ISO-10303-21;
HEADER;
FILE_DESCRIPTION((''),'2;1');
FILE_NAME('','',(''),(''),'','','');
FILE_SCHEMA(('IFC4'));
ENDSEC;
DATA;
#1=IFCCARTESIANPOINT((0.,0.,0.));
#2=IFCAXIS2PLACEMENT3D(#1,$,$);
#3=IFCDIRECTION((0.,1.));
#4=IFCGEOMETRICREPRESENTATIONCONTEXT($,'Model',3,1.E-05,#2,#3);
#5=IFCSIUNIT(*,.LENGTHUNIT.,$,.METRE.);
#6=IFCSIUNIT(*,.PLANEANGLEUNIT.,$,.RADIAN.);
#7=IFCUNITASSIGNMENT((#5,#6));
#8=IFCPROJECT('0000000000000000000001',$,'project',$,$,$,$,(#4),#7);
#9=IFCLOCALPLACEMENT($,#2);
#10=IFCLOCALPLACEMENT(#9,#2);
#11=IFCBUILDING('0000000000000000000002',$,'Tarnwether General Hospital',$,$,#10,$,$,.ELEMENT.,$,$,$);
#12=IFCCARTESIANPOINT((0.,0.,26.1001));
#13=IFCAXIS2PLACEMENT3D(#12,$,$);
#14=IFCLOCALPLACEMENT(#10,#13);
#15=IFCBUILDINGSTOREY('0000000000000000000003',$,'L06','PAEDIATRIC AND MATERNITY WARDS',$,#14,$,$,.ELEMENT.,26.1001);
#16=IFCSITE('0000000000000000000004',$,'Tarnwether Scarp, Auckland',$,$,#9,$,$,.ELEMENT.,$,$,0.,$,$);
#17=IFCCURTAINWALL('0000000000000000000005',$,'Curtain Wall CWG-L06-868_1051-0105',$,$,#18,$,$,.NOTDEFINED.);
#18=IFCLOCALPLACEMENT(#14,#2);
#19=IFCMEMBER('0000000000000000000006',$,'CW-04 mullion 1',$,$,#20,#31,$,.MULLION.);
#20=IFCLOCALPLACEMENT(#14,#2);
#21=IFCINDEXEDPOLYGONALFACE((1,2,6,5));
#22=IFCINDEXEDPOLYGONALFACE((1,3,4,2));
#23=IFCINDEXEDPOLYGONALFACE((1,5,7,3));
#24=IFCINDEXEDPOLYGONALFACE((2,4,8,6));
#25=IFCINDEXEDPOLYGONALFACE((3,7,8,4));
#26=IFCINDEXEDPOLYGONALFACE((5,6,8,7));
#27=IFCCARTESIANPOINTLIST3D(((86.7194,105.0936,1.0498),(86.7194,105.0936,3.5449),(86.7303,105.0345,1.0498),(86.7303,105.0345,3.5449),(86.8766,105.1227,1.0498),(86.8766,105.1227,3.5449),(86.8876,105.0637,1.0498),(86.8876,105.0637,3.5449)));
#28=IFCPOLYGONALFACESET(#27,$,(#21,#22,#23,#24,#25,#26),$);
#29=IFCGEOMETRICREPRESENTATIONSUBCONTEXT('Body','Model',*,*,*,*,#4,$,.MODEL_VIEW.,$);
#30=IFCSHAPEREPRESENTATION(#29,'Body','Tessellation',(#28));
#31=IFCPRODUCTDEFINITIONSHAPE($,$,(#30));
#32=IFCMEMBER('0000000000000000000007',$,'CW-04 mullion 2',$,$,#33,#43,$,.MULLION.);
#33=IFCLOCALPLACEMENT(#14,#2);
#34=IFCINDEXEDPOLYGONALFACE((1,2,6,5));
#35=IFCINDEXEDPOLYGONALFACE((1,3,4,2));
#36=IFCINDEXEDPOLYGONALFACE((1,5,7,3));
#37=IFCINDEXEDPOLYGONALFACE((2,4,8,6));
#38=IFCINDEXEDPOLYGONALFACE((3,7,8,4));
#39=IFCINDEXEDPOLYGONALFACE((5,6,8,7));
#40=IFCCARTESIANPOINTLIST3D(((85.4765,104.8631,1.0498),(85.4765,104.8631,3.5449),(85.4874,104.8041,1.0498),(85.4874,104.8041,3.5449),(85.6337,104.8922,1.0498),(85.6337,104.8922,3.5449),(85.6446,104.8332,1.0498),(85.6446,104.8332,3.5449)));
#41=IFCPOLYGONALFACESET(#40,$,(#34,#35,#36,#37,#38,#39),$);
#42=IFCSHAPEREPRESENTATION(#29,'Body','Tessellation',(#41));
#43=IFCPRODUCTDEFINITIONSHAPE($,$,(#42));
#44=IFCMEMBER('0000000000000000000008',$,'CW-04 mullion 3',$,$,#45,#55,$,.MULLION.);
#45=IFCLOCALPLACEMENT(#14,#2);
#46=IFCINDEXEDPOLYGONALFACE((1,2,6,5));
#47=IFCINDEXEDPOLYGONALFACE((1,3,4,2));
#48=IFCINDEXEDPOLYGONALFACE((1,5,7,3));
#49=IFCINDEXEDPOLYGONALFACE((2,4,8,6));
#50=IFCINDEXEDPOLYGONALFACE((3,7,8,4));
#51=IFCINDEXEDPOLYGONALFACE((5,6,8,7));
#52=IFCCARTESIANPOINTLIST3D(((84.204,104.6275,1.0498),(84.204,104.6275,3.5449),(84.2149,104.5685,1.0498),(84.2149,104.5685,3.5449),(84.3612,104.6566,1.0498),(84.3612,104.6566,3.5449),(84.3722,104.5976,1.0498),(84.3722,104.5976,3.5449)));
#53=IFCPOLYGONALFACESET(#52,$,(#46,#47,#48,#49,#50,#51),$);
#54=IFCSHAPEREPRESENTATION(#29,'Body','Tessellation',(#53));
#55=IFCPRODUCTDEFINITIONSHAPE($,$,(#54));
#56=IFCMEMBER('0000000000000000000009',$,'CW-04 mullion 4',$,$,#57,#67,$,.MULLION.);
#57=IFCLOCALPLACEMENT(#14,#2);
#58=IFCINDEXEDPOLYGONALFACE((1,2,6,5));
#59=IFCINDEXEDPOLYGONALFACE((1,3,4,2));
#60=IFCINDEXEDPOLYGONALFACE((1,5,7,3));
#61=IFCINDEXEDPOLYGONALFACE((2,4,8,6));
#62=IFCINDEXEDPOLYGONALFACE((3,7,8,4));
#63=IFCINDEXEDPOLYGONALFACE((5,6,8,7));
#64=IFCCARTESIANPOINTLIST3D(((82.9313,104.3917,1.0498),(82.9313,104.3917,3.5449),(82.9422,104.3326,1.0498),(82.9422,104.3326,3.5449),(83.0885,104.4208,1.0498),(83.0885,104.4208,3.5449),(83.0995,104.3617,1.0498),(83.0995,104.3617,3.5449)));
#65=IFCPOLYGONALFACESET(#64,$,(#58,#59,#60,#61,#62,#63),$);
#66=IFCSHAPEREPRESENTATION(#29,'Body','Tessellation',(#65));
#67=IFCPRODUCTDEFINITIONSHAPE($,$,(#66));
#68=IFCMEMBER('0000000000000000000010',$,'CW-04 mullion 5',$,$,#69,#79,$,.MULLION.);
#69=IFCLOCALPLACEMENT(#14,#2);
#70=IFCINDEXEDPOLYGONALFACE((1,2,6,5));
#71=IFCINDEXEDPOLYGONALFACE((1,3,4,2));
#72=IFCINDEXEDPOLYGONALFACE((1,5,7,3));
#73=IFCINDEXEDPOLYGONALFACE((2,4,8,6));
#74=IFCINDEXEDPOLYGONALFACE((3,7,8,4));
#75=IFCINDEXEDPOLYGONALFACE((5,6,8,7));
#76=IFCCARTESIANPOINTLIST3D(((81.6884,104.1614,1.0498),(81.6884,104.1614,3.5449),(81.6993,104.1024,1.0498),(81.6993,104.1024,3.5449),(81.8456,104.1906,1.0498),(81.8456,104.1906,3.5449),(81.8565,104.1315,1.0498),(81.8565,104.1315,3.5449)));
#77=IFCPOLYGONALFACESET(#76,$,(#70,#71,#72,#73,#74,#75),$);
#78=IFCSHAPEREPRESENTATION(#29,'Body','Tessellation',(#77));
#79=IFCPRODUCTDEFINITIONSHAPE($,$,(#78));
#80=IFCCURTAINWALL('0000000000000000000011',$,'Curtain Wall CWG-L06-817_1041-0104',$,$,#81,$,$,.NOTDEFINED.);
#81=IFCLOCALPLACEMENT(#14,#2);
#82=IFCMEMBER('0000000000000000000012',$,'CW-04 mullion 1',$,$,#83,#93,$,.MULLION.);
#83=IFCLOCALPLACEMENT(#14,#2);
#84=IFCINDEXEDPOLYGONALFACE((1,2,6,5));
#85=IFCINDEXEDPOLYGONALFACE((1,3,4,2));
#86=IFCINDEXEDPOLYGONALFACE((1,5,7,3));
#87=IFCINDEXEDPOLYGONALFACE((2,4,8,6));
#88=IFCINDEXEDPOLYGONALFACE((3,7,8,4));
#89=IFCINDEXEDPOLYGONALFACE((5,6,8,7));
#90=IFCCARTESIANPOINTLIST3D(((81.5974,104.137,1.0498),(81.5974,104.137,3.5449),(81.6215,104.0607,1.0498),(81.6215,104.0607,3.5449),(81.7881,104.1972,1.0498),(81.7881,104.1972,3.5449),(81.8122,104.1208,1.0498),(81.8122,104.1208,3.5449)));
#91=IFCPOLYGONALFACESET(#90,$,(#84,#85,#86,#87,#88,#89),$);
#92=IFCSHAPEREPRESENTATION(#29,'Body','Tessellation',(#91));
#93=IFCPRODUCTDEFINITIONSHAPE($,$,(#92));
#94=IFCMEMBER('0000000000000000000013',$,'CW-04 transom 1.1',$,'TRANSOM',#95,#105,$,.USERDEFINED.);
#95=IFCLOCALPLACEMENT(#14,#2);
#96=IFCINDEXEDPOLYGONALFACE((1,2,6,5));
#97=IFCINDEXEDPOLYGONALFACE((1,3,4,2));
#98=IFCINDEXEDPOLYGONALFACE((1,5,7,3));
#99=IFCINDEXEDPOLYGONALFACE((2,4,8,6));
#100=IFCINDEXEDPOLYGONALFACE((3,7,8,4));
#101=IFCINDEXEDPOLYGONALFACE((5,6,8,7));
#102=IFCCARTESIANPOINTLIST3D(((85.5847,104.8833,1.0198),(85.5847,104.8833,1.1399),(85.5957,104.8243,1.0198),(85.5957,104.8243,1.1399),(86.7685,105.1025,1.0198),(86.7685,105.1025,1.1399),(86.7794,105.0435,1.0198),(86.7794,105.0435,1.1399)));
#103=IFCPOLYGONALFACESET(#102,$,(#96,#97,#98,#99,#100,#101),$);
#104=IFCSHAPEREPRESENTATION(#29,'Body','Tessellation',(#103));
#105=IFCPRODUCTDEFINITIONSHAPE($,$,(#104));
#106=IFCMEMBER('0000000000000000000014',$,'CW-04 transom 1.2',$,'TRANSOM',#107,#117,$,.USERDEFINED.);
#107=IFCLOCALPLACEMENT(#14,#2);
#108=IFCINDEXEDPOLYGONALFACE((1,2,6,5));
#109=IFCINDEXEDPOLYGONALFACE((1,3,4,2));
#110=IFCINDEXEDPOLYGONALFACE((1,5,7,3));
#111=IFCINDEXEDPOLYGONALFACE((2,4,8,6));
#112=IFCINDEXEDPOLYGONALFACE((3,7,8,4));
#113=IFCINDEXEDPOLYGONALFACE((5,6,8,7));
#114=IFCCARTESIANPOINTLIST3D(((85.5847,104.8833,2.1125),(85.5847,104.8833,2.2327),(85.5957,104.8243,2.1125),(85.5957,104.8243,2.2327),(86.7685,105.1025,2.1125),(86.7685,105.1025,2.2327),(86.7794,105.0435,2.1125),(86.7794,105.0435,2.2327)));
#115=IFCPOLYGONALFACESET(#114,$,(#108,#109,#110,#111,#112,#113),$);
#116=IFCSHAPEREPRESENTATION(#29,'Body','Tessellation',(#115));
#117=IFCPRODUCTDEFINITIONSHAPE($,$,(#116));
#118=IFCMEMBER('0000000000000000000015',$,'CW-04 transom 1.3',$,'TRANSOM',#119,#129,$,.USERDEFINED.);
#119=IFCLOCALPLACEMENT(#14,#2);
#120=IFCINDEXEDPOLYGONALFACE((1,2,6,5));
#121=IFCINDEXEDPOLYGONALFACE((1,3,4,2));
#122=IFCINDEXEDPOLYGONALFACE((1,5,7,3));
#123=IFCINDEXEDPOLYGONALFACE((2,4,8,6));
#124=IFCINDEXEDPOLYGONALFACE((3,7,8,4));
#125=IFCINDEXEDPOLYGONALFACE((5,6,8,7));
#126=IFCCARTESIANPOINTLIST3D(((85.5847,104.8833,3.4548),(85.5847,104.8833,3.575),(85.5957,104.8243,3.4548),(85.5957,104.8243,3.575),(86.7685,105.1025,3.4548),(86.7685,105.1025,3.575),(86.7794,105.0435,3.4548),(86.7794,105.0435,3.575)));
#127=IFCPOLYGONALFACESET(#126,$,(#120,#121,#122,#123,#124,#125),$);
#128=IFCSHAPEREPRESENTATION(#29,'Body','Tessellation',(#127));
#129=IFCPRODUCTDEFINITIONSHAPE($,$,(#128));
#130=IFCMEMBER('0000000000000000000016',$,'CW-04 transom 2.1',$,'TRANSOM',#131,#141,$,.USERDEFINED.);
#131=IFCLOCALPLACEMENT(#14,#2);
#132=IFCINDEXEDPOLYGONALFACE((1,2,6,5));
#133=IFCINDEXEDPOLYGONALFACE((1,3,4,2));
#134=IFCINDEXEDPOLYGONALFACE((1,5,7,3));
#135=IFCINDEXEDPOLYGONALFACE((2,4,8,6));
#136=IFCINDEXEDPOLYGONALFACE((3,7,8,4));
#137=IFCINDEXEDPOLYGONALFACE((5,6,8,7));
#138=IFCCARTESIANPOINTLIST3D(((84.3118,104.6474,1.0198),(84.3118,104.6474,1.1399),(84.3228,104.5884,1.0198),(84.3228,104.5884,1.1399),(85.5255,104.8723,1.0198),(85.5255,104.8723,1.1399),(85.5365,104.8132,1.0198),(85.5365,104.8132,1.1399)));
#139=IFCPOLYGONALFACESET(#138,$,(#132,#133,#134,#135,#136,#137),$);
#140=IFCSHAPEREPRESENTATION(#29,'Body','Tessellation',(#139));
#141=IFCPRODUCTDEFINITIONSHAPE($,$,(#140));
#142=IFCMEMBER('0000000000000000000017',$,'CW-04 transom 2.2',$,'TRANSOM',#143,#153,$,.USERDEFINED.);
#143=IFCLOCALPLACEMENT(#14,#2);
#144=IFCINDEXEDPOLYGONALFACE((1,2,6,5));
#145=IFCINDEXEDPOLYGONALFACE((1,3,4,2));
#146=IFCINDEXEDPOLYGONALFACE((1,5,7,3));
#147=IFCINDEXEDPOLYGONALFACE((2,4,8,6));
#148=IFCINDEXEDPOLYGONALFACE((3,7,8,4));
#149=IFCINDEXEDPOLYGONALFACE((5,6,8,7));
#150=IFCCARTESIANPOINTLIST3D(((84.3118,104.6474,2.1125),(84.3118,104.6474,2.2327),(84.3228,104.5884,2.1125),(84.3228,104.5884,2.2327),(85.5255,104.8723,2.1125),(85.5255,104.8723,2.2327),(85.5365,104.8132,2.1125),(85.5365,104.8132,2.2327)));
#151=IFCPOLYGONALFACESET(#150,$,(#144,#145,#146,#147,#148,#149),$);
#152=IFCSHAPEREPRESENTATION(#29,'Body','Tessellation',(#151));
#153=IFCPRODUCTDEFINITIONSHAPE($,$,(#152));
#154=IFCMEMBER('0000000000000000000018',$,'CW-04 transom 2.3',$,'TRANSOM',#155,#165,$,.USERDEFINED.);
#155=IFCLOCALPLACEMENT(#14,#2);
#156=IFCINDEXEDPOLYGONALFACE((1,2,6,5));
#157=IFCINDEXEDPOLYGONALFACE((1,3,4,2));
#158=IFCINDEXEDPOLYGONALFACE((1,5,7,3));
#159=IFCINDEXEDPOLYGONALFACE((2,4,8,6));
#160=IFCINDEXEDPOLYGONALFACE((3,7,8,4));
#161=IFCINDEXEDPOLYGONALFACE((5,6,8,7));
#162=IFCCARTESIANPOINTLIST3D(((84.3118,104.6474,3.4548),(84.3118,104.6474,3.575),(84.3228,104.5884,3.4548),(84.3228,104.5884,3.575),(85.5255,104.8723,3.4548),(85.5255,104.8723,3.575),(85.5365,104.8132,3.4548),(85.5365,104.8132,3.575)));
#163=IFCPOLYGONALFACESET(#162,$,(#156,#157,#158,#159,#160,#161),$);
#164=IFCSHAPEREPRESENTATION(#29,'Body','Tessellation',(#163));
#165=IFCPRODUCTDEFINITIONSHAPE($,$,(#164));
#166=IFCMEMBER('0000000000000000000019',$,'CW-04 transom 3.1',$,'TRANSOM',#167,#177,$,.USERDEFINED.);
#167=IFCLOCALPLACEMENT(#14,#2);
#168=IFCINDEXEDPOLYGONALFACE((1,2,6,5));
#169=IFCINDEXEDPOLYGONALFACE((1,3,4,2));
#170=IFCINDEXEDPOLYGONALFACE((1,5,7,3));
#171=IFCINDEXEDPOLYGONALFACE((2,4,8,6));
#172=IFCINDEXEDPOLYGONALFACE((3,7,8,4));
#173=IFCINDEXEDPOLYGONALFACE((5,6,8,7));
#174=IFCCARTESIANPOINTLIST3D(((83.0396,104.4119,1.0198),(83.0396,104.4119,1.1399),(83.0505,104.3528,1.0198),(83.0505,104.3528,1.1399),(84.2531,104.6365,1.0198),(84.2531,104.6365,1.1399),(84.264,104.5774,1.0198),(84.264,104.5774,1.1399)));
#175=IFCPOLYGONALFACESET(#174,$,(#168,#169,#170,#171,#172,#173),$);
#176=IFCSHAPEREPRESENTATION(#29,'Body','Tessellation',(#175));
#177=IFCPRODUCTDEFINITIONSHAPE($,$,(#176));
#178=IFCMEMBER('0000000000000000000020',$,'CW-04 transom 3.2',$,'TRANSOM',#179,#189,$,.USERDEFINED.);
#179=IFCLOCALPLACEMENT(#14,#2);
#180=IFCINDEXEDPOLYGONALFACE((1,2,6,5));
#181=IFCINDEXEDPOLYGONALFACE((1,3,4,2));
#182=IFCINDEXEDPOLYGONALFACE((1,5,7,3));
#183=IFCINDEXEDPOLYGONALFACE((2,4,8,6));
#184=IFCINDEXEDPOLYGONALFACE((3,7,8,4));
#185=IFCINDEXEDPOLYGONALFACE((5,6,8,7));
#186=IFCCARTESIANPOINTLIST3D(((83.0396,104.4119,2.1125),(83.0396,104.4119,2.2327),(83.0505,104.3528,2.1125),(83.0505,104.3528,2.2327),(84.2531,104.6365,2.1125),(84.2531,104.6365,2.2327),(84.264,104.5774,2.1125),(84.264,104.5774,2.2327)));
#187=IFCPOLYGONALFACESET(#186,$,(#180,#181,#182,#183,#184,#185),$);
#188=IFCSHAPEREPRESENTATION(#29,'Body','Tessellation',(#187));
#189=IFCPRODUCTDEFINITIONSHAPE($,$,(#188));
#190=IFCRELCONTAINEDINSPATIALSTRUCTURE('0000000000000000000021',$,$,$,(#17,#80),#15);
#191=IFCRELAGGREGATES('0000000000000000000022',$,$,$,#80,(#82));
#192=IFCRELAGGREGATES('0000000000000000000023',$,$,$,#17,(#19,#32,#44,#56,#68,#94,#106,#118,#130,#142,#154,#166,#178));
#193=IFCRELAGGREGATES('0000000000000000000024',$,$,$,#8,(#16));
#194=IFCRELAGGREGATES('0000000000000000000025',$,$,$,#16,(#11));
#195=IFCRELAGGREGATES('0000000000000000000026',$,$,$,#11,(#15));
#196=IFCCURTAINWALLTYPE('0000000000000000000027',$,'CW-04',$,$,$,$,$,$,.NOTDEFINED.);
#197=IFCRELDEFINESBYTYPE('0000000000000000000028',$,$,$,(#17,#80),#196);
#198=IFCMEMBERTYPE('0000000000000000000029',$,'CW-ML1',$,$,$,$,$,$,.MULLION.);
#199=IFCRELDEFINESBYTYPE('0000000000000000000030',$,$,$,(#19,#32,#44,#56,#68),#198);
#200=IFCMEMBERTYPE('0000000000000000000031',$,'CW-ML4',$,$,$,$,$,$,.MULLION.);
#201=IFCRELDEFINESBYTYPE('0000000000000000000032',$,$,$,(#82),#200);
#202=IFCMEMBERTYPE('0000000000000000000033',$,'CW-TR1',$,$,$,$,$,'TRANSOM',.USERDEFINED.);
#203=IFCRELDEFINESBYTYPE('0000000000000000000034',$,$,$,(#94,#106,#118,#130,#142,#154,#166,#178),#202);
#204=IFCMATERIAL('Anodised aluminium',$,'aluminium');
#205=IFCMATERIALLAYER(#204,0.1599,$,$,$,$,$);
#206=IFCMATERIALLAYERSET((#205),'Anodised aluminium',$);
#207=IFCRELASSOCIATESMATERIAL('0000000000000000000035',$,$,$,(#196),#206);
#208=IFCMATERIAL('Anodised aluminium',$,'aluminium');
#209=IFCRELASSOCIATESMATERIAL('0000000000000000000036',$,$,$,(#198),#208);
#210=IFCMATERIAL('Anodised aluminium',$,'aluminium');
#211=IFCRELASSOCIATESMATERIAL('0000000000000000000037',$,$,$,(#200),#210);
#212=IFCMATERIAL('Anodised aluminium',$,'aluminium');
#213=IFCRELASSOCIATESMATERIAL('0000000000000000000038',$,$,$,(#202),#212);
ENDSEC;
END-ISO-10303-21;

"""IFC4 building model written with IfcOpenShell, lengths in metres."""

from ifc_helpers import new_model, si_unit, direction, frame, origin, origin_2d, place, context, subcontext, project, spatial, rectangle, extrude, material, layer, layer_set, material_profile, profile_set, type_object, element, aggregate, save


model = new_model("IFC4")

# Units and contexts
model_context = context("Model", 3, precision=1e-05, world=origin(), true_north=direction((0.0, 1.0)))
body_context = subcontext(model_context, "Body", "Model", "MODEL_VIEW")
ifc_project = project(units=[si_unit("LENGTHUNIT", "METRE"), si_unit("PLANEANGLEUNIT", "RADIAN")], contexts=[model_context])

# Site, building, storey
site_placement = place(None, origin())
site = spatial("IfcSite", under=ifc_project, at=site_placement, Name="Tarnwether Scarp, Auckland", CompositionType="ELEMENT", RefElevation=0.0)
building_placement = place(site_placement, origin())
building = spatial("IfcBuilding", under=site, at=building_placement, Name="Tarnwether General Hospital", CompositionType="ELEMENT")
storey_placement = place(building_placement, frame((0.0, 0.0, 26.1001)))
storey = spatial("IfcBuildingStorey", under=building, at=storey_placement, Name="L06", Description="PAEDIATRIC AND MATERNITY WARDS", CompositionType="ELEMENT", Elevation=26.1001)

# Curtain wall, members
ifc_material_1 = material(Name="Anodised aluminium", Category="aluminium")
ifc_layer_1 = layer(ifc_material_1, 0.1599)
ifc_layer_set_1 = layer_set([ifc_layer_1], Name="Anodised aluminium")
curtain_wall_type = type_object("IfcCurtainWallType", Name="CW-04", PredefinedType="NOTDEFINED", material=ifc_layer_set_1)
curtain_wall_1_placement = place(storey_placement, origin())
curtain_wall_1 = element("IfcCurtainWall", 1, at=curtain_wall_1_placement, inside=storey, type_object=curtain_wall_type, Name="Curtain Wall CWG-L06-868_1051-0105", PredefinedType="NOTDEFINED")
ifc_material_2 = material(Name="Anodised aluminium", Category="aluminium")
ifc_material_profile_1 = material_profile(ifc_material_2, rectangle(XDim=0.0601, YDim=0.1599, at=origin_2d()), Name="ALU-MUL-60x160")
ifc_profile_set_1 = profile_set([ifc_material_profile_1], Name="Anodised aluminium")
member_type_1 = type_object("IfcMemberType", Name="CW-ML1", PredefinedType="MULLION", material=ifc_profile_set_1)
member_1_placement = place(storey_placement, frame((86.8035, 105.0786, 1.0498), z_axis=(0.0, 0.0, 1.0), x_axis=(0.182165, -0.983268, 0.0)))
member_1 = element("IfcMember", 2, at=member_1_placement, type_object=member_type_1, Name="CW-04 mullion 1", PredefinedType="MULLION", context=body_context, shape_type="SweptSolid", body=[
    extrude(rectangle(XDim=0.0601, YDim=0.1599, at=origin_2d()), origin(), (0.0, 0.0, 1.0), 2.4951),
])
member_2_placement = place(storey_placement, frame((85.5605, 104.8481, 1.0498), z_axis=(0.0, 0.0, 1.0), x_axis=(0.182165, -0.983268, 0.0)))
member_2 = element("IfcMember", 3, at=member_2_placement, type_object=member_type_1, Name="CW-04 mullion 2", PredefinedType="MULLION", context=body_context, shape_type="SweptSolid", body=[
    extrude(rectangle(XDim=0.0601, YDim=0.1599, at=origin_2d()), origin(), (0.0, 0.0, 1.0), 2.4951),
])
member_3_placement = place(storey_placement, frame((84.2881, 104.6125, 1.0498), z_axis=(0.0, 0.0, 1.0), x_axis=(0.182165, -0.983268, 0.0)))
member_3 = element("IfcMember", 4, at=member_3_placement, type_object=member_type_1, Name="CW-04 mullion 3", PredefinedType="MULLION", context=body_context, shape_type="SweptSolid", body=[
    extrude(rectangle(XDim=0.0601, YDim=0.1599, at=origin_2d()), origin(), (0.0, 0.0, 1.0), 2.4951),
])
member_4_placement = place(storey_placement, frame((83.0154, 104.3767, 1.0498), z_axis=(0.0, 0.0, 1.0), x_axis=(0.182165, -0.983268, 0.0)))
member_4 = element("IfcMember", 5, at=member_4_placement, type_object=member_type_1, Name="CW-04 mullion 4", PredefinedType="MULLION", context=body_context, shape_type="SweptSolid", body=[
    extrude(rectangle(XDim=0.0601, YDim=0.1599, at=origin_2d()), origin(), (0.0, 0.0, 1.0), 2.4951),
])
member_5_placement = place(storey_placement, frame((81.7725, 104.1465, 1.0498), z_axis=(0.0, 0.0, 1.0), x_axis=(0.182165, -0.983268, 0.0)))
member_5 = element("IfcMember", 6, at=member_5_placement, type_object=member_type_1, Name="CW-04 mullion 5", PredefinedType="MULLION", context=body_context, shape_type="SweptSolid", body=[
    extrude(rectangle(XDim=0.0601, YDim=0.1599, at=origin_2d()), origin(), (0.0, 0.0, 1.0), 2.4951),
])

# Curtain wall, member
curtain_wall_2_placement = place(storey_placement, origin())
curtain_wall_2 = element("IfcCurtainWall", 7, at=curtain_wall_2_placement, inside=storey, type_object=curtain_wall_type, Name="Curtain Wall CWG-L06-817_1041-0104", PredefinedType="NOTDEFINED")
ifc_material_3 = material(Name="Anodised aluminium", Category="aluminium")
ifc_material_profile_2 = material_profile(ifc_material_3, rectangle(XDim=0.0801, YDim=0.2, at=origin_2d()), Name="ALU-MUL-80x200")
ifc_profile_set_2 = profile_set([ifc_material_profile_2], Name="Anodised aluminium")
member_type_2 = type_object("IfcMemberType", Name="CW-ML4", PredefinedType="MULLION", material=ifc_profile_set_2)
member_6_placement = place(storey_placement, frame((81.7048, 104.1289, 1.0498), z_axis=(0.0, 0.0, 1.0), x_axis=(0.300715, -0.953714, 0.0)))
member_6 = element("IfcMember", 8, at=member_6_placement, type_object=member_type_2, Name="CW-04 mullion 1", PredefinedType="MULLION", context=body_context, shape_type="SweptSolid", body=[
    extrude(rectangle(XDim=0.0801, YDim=0.2, at=origin_2d()), origin(), (0.0, 0.0, 1.0), 2.4951),
])

# Members
ifc_material_4 = material(Name="Anodised aluminium", Category="aluminium")
ifc_material_profile_3 = material_profile(ifc_material_4, rectangle(XDim=0.0601, YDim=0.1201, at=origin_2d()), Name="ALU-TRN-60x120")
ifc_profile_set_3 = profile_set([ifc_material_profile_3], Name="Anodised aluminium")
member_type_3 = type_object("IfcMemberType", Name="CW-TR1", ElementType="TRANSOM", PredefinedType="USERDEFINED", material=ifc_profile_set_3)
member_7_placement = place(storey_placement, frame((86.7739, 105.073, 1.0798), z_axis=(-0.983281, -0.182097, 0.0), x_axis=(0.182097, -0.983281, 0.0)))
member_7 = element("IfcMember", 9, at=member_7_placement, type_object=member_type_3, Name="CW-04 transom 1.1", ObjectType="TRANSOM", PredefinedType="USERDEFINED", context=body_context, shape_type="SweptSolid", body=[
    extrude(rectangle(XDim=0.0601, YDim=0.1201, at=origin_2d()), origin(), (0.0, 0.0, 1.0), 1.2039),
])
member_8_placement = place(storey_placement, frame((86.7739, 105.073, 2.1726), z_axis=(-0.983281, -0.182097, 0.0), x_axis=(0.182097, -0.983281, 0.0)))
member_8 = element("IfcMember", 10, at=member_8_placement, type_object=member_type_3, Name="CW-04 transom 1.2", ObjectType="TRANSOM", PredefinedType="USERDEFINED", context=body_context, shape_type="SweptSolid", body=[
    extrude(rectangle(XDim=0.0601, YDim=0.1201, at=origin_2d()), origin(), (0.0, 0.0, 1.0), 1.2039),
])
member_9_placement = place(storey_placement, frame((86.7739, 105.073, 3.5149), z_axis=(-0.983281, -0.182097, 0.0), x_axis=(0.182097, -0.983281, 0.0)))
member_9 = element("IfcMember", 11, at=member_9_placement, type_object=member_type_3, Name="CW-04 transom 1.3", ObjectType="TRANSOM", PredefinedType="USERDEFINED", context=body_context, shape_type="SweptSolid", body=[
    extrude(rectangle(XDim=0.0601, YDim=0.1201, at=origin_2d()), origin(), (0.0, 0.0, 1.0), 1.2039),
])
member_10_placement = place(storey_placement, frame((85.531, 104.8428, 1.0798), z_axis=(-0.983266, -0.182174, 0.0), x_axis=(0.182174, -0.983266, 0.0)))
member_10 = element("IfcMember", 12, at=member_10_placement, type_object=member_type_3, Name="CW-04 transom 2.1", ObjectType="TRANSOM", PredefinedType="USERDEFINED", context=body_context, shape_type="SweptSolid", body=[
    extrude(rectangle(XDim=0.0601, YDim=0.1201, at=origin_2d()), origin(), (0.0, 0.0, 1.0), 1.2344),
])
member_11_placement = place(storey_placement, frame((85.531, 104.8428, 2.1726), z_axis=(-0.983266, -0.182174, 0.0), x_axis=(0.182174, -0.983266, 0.0)))
member_11 = element("IfcMember", 13, at=member_11_placement, type_object=member_type_3, Name="CW-04 transom 2.2", ObjectType="TRANSOM", PredefinedType="USERDEFINED", context=body_context, shape_type="SweptSolid", body=[
    extrude(rectangle(XDim=0.0601, YDim=0.1201, at=origin_2d()), origin(), (0.0, 0.0, 1.0), 1.2344),
])
member_12_placement = place(storey_placement, frame((85.531, 104.8428, 3.5149), z_axis=(-0.983266, -0.182174, 0.0), x_axis=(0.182174, -0.983266, 0.0)))
member_12 = element("IfcMember", 14, at=member_12_placement, type_object=member_type_3, Name="CW-04 transom 2.3", ObjectType="TRANSOM", PredefinedType="USERDEFINED", context=body_context, shape_type="SweptSolid", body=[
    extrude(rectangle(XDim=0.0601, YDim=0.1201, at=origin_2d()), origin(), (0.0, 0.0, 1.0), 1.2344),
])
member_13_placement = place(storey_placement, frame((84.2585, 104.6069, 1.0798), z_axis=(-0.983302, -0.181983, 0.0), x_axis=(0.181983, -0.983302, 0.0)))
member_13 = element("IfcMember", 15, at=member_13_placement, type_object=member_type_3, Name="CW-04 transom 3.1", ObjectType="TRANSOM", PredefinedType="USERDEFINED", context=body_context, shape_type="SweptSolid", body=[
    extrude(rectangle(XDim=0.0601, YDim=0.1201, at=origin_2d()), origin(), (0.0, 0.0, 1.0), 1.2341),
])
member_14_placement = place(storey_placement, frame((84.2585, 104.6069, 2.1726), z_axis=(-0.983302, -0.181983, 0.0), x_axis=(0.181983, -0.983302, 0.0)))
member_14 = element("IfcMember", 16, at=member_14_placement, type_object=member_type_3, Name="CW-04 transom 3.2", ObjectType="TRANSOM", PredefinedType="USERDEFINED", context=body_context, shape_type="SweptSolid", body=[
    extrude(rectangle(XDim=0.0601, YDim=0.1201, at=origin_2d()), origin(), (0.0, 0.0, 1.0), 1.2341),
])
aggregate(curtain_wall_2, [member_6])

aggregate(curtain_wall_1, [member_1, member_2, member_3, member_4, member_5, member_7, member_8, member_9, member_10, member_11, member_12, member_13, member_14])

save(model, "model.ifc")
